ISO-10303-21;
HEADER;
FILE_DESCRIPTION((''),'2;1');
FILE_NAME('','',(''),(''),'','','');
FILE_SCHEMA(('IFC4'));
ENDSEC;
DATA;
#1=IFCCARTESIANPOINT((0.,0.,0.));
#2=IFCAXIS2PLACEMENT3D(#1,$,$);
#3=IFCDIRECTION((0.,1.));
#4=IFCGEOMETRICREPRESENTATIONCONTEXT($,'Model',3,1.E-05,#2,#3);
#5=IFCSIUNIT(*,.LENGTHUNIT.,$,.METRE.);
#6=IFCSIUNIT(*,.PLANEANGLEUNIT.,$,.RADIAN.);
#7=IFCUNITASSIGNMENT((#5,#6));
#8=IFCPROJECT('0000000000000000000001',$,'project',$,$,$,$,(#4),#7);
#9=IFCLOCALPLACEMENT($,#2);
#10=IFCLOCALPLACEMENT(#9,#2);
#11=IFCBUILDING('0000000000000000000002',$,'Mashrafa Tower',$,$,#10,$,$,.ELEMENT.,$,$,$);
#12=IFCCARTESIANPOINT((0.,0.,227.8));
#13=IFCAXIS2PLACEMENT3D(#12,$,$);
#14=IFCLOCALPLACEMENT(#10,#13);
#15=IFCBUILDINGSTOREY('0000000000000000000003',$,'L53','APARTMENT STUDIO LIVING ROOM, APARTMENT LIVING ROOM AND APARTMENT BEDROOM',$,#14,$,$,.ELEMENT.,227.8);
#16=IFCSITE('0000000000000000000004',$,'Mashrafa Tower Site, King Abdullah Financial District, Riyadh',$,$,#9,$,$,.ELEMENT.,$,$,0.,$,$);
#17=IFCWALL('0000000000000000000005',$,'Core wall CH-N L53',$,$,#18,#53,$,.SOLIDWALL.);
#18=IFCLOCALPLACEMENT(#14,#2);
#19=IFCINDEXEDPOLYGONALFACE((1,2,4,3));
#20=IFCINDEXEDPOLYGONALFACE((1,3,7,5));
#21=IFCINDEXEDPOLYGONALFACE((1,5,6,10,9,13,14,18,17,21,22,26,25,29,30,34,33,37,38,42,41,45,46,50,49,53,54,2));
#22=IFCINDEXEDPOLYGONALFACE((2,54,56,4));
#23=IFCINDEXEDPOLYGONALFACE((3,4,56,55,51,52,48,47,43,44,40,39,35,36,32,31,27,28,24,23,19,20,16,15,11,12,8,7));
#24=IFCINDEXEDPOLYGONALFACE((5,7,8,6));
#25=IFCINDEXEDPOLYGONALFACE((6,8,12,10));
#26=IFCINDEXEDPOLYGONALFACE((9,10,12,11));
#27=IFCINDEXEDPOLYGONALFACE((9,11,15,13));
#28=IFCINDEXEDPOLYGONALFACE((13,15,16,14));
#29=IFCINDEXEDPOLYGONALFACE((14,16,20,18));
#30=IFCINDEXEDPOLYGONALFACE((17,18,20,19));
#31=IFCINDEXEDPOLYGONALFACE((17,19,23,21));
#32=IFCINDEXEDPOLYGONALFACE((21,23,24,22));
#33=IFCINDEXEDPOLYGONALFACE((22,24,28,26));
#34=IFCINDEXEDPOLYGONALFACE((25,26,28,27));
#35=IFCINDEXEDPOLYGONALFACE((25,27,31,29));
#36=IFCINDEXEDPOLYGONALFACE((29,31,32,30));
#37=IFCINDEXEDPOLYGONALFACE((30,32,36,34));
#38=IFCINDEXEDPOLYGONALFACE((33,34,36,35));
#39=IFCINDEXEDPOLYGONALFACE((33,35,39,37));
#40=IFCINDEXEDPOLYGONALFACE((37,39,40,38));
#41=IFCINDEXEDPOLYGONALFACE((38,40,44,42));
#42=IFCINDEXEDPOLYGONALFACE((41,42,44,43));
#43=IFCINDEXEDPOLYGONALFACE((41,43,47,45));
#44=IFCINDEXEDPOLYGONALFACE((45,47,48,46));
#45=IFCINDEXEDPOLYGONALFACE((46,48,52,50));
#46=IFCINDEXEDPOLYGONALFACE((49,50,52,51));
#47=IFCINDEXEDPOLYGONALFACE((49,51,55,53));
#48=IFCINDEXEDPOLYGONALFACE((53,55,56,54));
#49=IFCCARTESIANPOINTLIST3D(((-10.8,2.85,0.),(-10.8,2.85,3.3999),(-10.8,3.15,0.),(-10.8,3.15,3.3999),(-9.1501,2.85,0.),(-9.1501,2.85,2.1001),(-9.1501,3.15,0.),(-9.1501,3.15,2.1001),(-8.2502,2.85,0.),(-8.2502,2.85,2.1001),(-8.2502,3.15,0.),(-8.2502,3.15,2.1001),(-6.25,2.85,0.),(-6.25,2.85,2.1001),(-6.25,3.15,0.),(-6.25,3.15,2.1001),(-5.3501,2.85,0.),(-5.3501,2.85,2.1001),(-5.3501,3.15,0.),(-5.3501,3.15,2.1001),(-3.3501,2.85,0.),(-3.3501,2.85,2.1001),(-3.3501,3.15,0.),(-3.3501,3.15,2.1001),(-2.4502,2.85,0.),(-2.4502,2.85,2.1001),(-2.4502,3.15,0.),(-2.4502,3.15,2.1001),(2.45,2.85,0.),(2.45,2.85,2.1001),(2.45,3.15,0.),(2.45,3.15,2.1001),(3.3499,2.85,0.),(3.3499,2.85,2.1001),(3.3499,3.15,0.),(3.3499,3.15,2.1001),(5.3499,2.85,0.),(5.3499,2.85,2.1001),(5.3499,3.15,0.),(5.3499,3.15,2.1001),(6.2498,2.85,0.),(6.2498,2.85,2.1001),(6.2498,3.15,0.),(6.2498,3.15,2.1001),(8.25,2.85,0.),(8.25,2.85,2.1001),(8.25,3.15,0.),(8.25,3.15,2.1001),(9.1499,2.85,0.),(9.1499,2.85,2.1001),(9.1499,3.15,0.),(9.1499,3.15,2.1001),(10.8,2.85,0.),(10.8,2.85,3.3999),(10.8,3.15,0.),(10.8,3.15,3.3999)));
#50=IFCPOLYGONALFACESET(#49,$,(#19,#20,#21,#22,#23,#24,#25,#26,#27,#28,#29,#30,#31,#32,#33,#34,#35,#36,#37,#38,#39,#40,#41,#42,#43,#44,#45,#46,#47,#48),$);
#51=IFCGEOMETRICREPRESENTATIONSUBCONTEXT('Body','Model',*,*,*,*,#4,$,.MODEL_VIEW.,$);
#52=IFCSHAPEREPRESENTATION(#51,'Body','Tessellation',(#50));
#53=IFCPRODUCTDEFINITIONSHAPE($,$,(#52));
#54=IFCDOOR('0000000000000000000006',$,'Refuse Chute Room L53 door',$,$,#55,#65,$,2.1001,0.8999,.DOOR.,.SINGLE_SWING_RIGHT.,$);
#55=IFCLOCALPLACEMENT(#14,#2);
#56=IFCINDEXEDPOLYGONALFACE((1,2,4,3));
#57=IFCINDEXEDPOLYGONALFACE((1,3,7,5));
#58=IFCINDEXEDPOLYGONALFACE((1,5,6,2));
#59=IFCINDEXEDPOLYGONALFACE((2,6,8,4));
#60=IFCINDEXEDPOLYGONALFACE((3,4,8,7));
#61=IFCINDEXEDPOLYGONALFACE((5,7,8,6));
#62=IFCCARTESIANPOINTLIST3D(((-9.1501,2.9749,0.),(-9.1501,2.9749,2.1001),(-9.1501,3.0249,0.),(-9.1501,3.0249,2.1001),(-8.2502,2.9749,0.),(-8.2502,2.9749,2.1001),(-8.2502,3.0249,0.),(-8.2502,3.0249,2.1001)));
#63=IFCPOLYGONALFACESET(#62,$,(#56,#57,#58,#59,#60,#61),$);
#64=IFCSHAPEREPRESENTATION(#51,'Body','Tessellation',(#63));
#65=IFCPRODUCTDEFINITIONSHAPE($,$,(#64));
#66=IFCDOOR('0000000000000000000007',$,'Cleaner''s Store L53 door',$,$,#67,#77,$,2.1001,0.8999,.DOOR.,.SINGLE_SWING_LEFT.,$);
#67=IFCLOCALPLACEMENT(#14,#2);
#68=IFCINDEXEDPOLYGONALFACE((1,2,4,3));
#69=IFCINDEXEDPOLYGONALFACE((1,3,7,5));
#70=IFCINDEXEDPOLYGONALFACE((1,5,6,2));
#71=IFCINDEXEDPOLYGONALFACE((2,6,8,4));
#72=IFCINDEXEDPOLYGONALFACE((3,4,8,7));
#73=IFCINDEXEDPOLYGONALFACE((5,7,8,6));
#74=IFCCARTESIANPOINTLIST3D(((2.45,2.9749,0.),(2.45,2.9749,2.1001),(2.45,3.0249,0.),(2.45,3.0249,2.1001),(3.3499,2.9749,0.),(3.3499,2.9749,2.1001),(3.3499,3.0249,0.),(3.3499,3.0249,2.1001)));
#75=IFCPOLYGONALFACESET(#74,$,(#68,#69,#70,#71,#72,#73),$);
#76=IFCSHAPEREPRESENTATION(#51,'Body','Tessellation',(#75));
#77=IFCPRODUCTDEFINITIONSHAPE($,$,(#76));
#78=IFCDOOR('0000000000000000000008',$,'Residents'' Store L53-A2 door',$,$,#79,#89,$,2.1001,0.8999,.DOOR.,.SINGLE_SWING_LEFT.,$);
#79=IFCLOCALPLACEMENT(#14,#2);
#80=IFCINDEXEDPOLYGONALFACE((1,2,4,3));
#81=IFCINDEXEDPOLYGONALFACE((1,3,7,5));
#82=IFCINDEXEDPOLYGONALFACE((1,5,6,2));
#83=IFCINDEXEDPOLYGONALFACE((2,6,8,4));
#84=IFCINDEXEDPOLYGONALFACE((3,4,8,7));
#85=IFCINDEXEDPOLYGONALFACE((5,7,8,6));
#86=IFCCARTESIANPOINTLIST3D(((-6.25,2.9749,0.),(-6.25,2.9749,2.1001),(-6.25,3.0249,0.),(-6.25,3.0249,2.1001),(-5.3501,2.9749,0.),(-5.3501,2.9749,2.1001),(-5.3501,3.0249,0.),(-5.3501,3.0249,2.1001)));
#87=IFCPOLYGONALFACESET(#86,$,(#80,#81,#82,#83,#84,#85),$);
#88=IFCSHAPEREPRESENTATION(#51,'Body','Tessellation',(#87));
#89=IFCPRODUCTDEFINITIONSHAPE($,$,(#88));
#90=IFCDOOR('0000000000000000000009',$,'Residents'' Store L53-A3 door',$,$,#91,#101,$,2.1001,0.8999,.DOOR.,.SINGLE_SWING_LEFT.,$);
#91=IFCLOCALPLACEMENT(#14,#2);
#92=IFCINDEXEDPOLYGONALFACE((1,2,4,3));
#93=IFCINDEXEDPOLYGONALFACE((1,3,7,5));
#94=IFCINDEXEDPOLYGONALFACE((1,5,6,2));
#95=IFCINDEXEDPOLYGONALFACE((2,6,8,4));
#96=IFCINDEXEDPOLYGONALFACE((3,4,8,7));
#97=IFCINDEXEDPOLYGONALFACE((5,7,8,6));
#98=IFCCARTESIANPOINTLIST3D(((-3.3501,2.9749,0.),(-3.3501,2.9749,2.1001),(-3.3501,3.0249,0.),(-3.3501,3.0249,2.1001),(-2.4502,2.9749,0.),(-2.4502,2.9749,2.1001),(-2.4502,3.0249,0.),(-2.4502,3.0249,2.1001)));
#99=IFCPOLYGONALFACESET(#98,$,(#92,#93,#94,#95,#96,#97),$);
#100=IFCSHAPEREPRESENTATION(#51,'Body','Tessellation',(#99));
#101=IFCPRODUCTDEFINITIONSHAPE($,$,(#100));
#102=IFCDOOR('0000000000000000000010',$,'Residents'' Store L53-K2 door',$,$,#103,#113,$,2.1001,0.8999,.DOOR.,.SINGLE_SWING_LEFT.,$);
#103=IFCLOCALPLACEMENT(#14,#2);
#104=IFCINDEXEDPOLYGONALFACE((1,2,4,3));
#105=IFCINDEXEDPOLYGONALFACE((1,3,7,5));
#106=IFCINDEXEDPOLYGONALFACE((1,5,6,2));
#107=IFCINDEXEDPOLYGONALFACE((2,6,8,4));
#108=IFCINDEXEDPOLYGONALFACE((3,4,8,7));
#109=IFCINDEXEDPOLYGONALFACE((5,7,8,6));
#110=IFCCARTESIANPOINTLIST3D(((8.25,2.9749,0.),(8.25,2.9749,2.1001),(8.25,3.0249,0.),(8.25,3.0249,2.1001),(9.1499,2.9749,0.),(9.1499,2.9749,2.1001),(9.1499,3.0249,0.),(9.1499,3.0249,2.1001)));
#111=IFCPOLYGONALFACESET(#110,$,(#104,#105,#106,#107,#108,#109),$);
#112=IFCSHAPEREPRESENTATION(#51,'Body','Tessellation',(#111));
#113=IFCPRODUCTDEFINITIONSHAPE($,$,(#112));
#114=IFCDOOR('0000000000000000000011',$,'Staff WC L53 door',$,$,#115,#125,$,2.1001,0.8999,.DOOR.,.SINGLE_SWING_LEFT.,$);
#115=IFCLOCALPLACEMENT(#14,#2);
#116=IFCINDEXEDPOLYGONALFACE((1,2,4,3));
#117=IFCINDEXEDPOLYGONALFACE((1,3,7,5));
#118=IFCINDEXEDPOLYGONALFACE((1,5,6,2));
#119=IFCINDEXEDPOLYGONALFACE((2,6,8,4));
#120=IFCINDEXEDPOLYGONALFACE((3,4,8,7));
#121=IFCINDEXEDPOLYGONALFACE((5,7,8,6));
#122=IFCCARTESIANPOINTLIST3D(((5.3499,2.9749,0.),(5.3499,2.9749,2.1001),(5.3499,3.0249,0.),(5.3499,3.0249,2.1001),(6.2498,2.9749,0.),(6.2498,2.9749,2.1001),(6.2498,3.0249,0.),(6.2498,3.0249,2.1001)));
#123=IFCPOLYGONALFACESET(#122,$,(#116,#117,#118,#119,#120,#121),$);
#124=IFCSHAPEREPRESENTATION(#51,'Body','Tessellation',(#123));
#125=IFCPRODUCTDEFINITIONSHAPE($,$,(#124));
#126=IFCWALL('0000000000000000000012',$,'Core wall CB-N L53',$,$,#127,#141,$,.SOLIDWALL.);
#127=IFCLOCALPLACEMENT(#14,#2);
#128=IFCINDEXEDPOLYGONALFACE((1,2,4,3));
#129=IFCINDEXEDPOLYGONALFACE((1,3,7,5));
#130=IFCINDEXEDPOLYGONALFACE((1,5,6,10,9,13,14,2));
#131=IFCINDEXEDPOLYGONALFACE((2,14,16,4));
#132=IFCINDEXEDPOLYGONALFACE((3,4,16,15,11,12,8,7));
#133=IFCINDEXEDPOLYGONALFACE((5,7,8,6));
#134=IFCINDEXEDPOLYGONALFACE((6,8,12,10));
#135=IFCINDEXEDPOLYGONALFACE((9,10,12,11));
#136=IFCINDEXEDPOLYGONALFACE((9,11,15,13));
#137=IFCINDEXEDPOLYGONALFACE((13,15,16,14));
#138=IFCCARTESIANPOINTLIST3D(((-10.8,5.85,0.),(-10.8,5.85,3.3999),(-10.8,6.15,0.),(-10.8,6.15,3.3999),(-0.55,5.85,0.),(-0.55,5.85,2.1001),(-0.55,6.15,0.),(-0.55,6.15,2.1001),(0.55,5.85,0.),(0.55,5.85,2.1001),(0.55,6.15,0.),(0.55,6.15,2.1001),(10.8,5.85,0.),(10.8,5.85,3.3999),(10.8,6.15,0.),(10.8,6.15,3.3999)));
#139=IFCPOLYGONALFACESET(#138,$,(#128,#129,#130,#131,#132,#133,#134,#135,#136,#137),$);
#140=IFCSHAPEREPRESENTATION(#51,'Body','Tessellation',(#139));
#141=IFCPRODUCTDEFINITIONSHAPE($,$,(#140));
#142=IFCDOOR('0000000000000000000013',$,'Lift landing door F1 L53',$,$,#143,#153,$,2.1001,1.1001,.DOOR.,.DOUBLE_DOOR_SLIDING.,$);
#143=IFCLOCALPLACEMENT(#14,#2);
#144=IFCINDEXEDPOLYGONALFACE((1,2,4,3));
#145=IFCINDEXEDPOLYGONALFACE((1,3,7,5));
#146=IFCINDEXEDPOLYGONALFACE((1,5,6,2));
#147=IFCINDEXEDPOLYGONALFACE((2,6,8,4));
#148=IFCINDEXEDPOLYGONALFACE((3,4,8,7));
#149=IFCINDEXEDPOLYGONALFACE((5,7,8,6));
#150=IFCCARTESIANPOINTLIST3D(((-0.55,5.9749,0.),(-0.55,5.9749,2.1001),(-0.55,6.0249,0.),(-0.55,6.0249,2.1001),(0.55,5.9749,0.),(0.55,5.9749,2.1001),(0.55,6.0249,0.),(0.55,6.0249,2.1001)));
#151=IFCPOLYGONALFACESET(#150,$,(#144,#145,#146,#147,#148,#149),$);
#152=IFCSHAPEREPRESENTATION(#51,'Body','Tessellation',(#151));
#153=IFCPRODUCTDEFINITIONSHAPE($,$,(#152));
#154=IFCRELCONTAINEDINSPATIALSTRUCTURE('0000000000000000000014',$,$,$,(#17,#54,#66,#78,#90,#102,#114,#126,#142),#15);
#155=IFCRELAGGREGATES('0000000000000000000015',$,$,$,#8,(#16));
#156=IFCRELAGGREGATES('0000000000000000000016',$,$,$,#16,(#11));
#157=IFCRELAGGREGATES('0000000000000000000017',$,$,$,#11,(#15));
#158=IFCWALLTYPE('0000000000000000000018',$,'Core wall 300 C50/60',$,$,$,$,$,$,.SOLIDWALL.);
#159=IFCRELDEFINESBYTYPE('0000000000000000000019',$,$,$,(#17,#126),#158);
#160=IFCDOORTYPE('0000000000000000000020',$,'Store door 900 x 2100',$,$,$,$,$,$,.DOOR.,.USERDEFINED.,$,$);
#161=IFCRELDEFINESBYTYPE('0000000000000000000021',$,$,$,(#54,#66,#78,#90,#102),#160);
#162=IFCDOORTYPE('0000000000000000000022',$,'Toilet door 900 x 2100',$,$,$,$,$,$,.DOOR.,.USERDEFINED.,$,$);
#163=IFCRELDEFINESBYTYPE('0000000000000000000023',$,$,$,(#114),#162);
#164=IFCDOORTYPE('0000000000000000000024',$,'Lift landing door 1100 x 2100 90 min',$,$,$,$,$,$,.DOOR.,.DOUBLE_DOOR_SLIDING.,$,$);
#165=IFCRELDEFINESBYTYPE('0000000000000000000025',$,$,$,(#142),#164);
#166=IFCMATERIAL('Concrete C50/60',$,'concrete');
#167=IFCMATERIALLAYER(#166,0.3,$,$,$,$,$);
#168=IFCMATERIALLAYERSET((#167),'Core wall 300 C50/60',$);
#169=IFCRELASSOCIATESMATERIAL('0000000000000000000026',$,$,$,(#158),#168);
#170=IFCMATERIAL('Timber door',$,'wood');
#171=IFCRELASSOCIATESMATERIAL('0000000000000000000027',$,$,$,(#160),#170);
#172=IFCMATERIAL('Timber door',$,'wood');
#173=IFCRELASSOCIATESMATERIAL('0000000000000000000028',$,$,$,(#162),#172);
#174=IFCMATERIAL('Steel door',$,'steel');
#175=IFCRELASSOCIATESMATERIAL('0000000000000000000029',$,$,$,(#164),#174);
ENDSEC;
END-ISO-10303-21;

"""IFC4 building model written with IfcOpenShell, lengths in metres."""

from ifc_helpers import new_model, si_unit, direction, frame, frame_2d, origin, place, context, subcontext, project, spatial, rectangle, extrude, material, layer, layer_set, type_object, element, fill, save


model = new_model("IFC4")

# Units and contexts
model_context = context("Model", 3, precision=1e-05, world=origin(), true_north=direction((0.0, 1.0)))
body_context = subcontext(model_context, "Body", "Model", "MODEL_VIEW")
ifc_project = project(units=[si_unit("LENGTHUNIT", "METRE"), si_unit("PLANEANGLEUNIT", "RADIAN")], contexts=[model_context])

# Site, building, storey
site_placement = place(None, origin())
site = spatial("IfcSite", under=ifc_project, at=site_placement, Name="Mashrafa Tower Site, King Abdullah Financial District, Riyadh", CompositionType="ELEMENT", RefElevation=0.0)
building_placement = place(site_placement, origin())
building = spatial("IfcBuilding", under=site, at=building_placement, Name="Mashrafa Tower", CompositionType="ELEMENT")
storey_placement = place(building_placement, frame((0.0, 0.0, 227.8)))
storey = spatial("IfcBuildingStorey", under=building, at=storey_placement, Name="L53", Description="APARTMENT STUDIO LIVING ROOM, APARTMENT LIVING ROOM AND APARTMENT BEDROOM", CompositionType="ELEMENT", Elevation=227.8)

# Wall, openings, doors
ifc_material_1 = material(Name="Concrete C50/60", Category="concrete")
ifc_layer_1 = layer(ifc_material_1, 0.3)
ifc_layer_set_1 = layer_set([ifc_layer_1], Name="Core wall 300 C50/60")
wall_type_1 = type_object("IfcWallType", Name="Core wall 300 C50/60", PredefinedType="SOLIDWALL", material=ifc_layer_set_1)
wall_1_placement = place(storey_placement, frame((-10.8, 3.0, 0.0), z_axis=(0.0, 0.0, 1.0), x_axis=(1.0, 0.0, 0.0)))
wall_1 = element("IfcWall", 1, at=wall_1_placement, inside=storey, type_object=wall_type_1, Name="Core wall CH-N L53", PredefinedType="SOLIDWALL", context=body_context, shape_type="SweptSolid", body=[
    extrude(rectangle(XDim=21.6001, YDim=0.3, at=frame_2d((10.8, 0.0))), origin(), (0.0, 0.0, 1.0), 3.3999),
])
opening_1_placement = place(wall_1_placement, frame((1.6499, 0.0, 0.0)))
opening_1 = element("IfcOpeningElement", 2, at=opening_1_placement, cuts=wall_1, PredefinedType="OPENING", context=body_context, shape_type="SweptSolid", body=[
    extrude(rectangle(XDim=0.8999, YDim=2.1001, at=frame_2d((0.45, 1.05))), frame((0.0, 0.1599, 0.0), z_axis=(0.0, -1.0, 0.0), x_axis=(1.0, 0.0, 0.0)), (0.0, 0.0, 1.0), 0.3201),
])
opening_2_placement = place(wall_1_placement, frame((13.25, 0.0, 0.0)))
opening_2 = element("IfcOpeningElement", 3, at=opening_2_placement, cuts=wall_1, PredefinedType="OPENING", context=body_context, shape_type="SweptSolid", body=[
    extrude(rectangle(XDim=0.8999, YDim=2.1001, at=frame_2d((0.45, 1.05))), frame((0.0, 0.1599, 0.0), z_axis=(0.0, -1.0, 0.0), x_axis=(1.0, 0.0, 0.0)), (0.0, 0.0, 1.0), 0.3201),
])
opening_3_placement = place(wall_1_placement, frame((16.1499, 0.0, 0.0)))
opening_3 = element("IfcOpeningElement", 4, at=opening_3_placement, cuts=wall_1, PredefinedType="OPENING", context=body_context, shape_type="SweptSolid", body=[
    extrude(rectangle(XDim=0.8999, YDim=2.1001, at=frame_2d((0.45, 1.05))), frame((0.0, 0.1599, 0.0), z_axis=(0.0, -1.0, 0.0), x_axis=(1.0, 0.0, 0.0)), (0.0, 0.0, 1.0), 0.3201),
])
opening_4_placement = place(wall_1_placement, frame((4.55, 0.0, 0.0)))
opening_4 = element("IfcOpeningElement", 5, at=opening_4_placement, cuts=wall_1, PredefinedType="OPENING", context=body_context, shape_type="SweptSolid", body=[
    extrude(rectangle(XDim=0.8999, YDim=2.1001, at=frame_2d((0.45, 1.05))), frame((0.0, 0.1599, 0.0), z_axis=(0.0, -1.0, 0.0), x_axis=(1.0, 0.0, 0.0)), (0.0, 0.0, 1.0), 0.3201),
])
opening_5_placement = place(wall_1_placement, frame((7.45, 0.0, 0.0)))
opening_5 = element("IfcOpeningElement", 6, at=opening_5_placement, cuts=wall_1, PredefinedType="OPENING", context=body_context, shape_type="SweptSolid", body=[
    extrude(rectangle(XDim=0.8999, YDim=2.1001, at=frame_2d((0.45, 1.05))), frame((0.0, 0.1599, 0.0), z_axis=(0.0, -1.0, 0.0), x_axis=(1.0, 0.0, 0.0)), (0.0, 0.0, 1.0), 0.3201),
])
opening_6_placement = place(wall_1_placement, frame((19.05, 0.0, 0.0)))
opening_6 = element("IfcOpeningElement", 7, at=opening_6_placement, cuts=wall_1, PredefinedType="OPENING", context=body_context, shape_type="SweptSolid", body=[
    extrude(rectangle(XDim=0.8999, YDim=2.1001, at=frame_2d((0.45, 1.05))), frame((0.0, 0.1599, 0.0), z_axis=(0.0, -1.0, 0.0), x_axis=(1.0, 0.0, 0.0)), (0.0, 0.0, 1.0), 0.3201),
])
ifc_material_2 = material(Name="Timber door", Category="wood")
door_type_1 = type_object("IfcDoorType", Name="Store door 900 x 2100", OperationType="USERDEFINED", PredefinedType="DOOR", material=ifc_material_2)
door_1_placement = place(opening_1_placement, origin())
door_1 = element("IfcDoor", 8, at=door_1_placement, inside=storey, type_object=door_type_1, Name="Refuse Chute Room L53 door", OperationType="SINGLE_SWING_RIGHT", OverallHeight=2.1001, OverallWidth=0.8999, PredefinedType="DOOR", context=body_context, shape_type="SweptSolid", body=[
    extrude(rectangle(XDim=0.8999, YDim=2.1001, at=frame_2d((0.45, 1.05))), frame((0.0, 0.0249, 0.0), z_axis=(0.0, -1.0, 0.0), x_axis=(1.0, 0.0, 0.0)), (0.0, 0.0, 1.0), 0.05),
])
fill(opening_1, door_1)
door_2_placement = place(opening_2_placement, origin())
door_2 = element("IfcDoor", 9, at=door_2_placement, inside=storey, type_object=door_type_1, Name="Cleaner's Store L53 door", OperationType="SINGLE_SWING_LEFT", OverallHeight=2.1001, OverallWidth=0.8999, PredefinedType="DOOR", context=body_context, shape_type="SweptSolid", body=[
    extrude(rectangle(XDim=0.8999, YDim=2.1001, at=frame_2d((0.45, 1.05))), frame((0.0, 0.0249, 0.0), z_axis=(0.0, -1.0, 0.0), x_axis=(1.0, 0.0, 0.0)), (0.0, 0.0, 1.0), 0.05),
])
fill(opening_2, door_2)
door_3_placement = place(opening_4_placement, origin())
door_3 = element("IfcDoor", 10, at=door_3_placement, inside=storey, type_object=door_type_1, Name="Residents' Store L53-A2 door", OperationType="SINGLE_SWING_LEFT", OverallHeight=2.1001, OverallWidth=0.8999, PredefinedType="DOOR", context=body_context, shape_type="SweptSolid", body=[
    extrude(rectangle(XDim=0.8999, YDim=2.1001, at=frame_2d((0.45, 1.05))), frame((0.0, 0.0249, 0.0), z_axis=(0.0, -1.0, 0.0), x_axis=(1.0, 0.0, 0.0)), (0.0, 0.0, 1.0), 0.05),
])
fill(opening_4, door_3)
door_4_placement = place(opening_5_placement, origin())
door_4 = element("IfcDoor", 11, at=door_4_placement, inside=storey, type_object=door_type_1, Name="Residents' Store L53-A3 door", OperationType="SINGLE_SWING_LEFT", OverallHeight=2.1001, OverallWidth=0.8999, PredefinedType="DOOR", context=body_context, shape_type="SweptSolid", body=[
    extrude(rectangle(XDim=0.8999, YDim=2.1001, at=frame_2d((0.45, 1.05))), frame((0.0, 0.0249, 0.0), z_axis=(0.0, -1.0, 0.0), x_axis=(1.0, 0.0, 0.0)), (0.0, 0.0, 1.0), 0.05),
])
fill(opening_5, door_4)
door_5_placement = place(opening_6_placement, origin())
door_5 = element("IfcDoor", 12, at=door_5_placement, inside=storey, type_object=door_type_1, Name="Residents' Store L53-K2 door", OperationType="SINGLE_SWING_LEFT", OverallHeight=2.1001, OverallWidth=0.8999, PredefinedType="DOOR", context=body_context, shape_type="SweptSolid", body=[
    extrude(rectangle(XDim=0.8999, YDim=2.1001, at=frame_2d((0.45, 1.05))), frame((0.0, 0.0249, 0.0), z_axis=(0.0, -1.0, 0.0), x_axis=(1.0, 0.0, 0.0)), (0.0, 0.0, 1.0), 0.05),
])
fill(opening_6, door_5)
ifc_material_3 = material(Name="Timber door", Category="wood")
door_type_2 = type_object("IfcDoorType", Name="Toilet door 900 x 2100", OperationType="USERDEFINED", PredefinedType="DOOR", material=ifc_material_3)
door_6_placement = place(opening_3_placement, origin())
door_6 = element("IfcDoor", 13, at=door_6_placement, inside=storey, type_object=door_type_2, Name="Staff WC L53 door", OperationType="SINGLE_SWING_LEFT", OverallHeight=2.1001, OverallWidth=0.8999, PredefinedType="DOOR", context=body_context, shape_type="SweptSolid", body=[
    extrude(rectangle(XDim=0.8999, YDim=2.1001, at=frame_2d((0.45, 1.05))), frame((0.0, 0.0249, 0.0), z_axis=(0.0, -1.0, 0.0), x_axis=(1.0, 0.0, 0.0)), (0.0, 0.0, 1.0), 0.05),
])
fill(opening_3, door_6)

# Wall, opening, door
wall_2_placement = place(storey_placement, frame((-10.8, 6.0, 0.0), z_axis=(0.0, 0.0, 1.0), x_axis=(1.0, 0.0, 0.0)))
wall_2 = element("IfcWall", 14, at=wall_2_placement, inside=storey, type_object=wall_type_1, Name="Core wall CB-N L53", PredefinedType="SOLIDWALL", context=body_context, shape_type="SweptSolid", body=[
    extrude(rectangle(XDim=21.6001, YDim=0.3, at=frame_2d((10.8, 0.0))), origin(), (0.0, 0.0, 1.0), 3.3999),
])
opening_7_placement = place(wall_2_placement, frame((10.25, 0.0, 0.0)))
opening_7 = element("IfcOpeningElement", 15, at=opening_7_placement, cuts=wall_2, PredefinedType="OPENING", context=body_context, shape_type="SweptSolid", body=[
    extrude(rectangle(XDim=1.1001, YDim=2.1001, at=frame_2d((0.55, 1.05))), frame((0.0, 0.1599, 0.0), z_axis=(0.0, -1.0, 0.0), x_axis=(1.0, 0.0, 0.0)), (0.0, 0.0, 1.0), 0.3201),
])
ifc_material_4 = material(Name="Steel door", Category="steel")
door_type_3 = type_object("IfcDoorType", Name="Lift landing door 1100 x 2100 90 min", OperationType="DOUBLE_DOOR_SLIDING", PredefinedType="DOOR", material=ifc_material_4)
door_7_placement = place(opening_7_placement, origin())
door_7 = element("IfcDoor", 16, at=door_7_placement, inside=storey, type_object=door_type_3, Name="Lift landing door F1 L53", OperationType="DOUBLE_DOOR_SLIDING", OverallHeight=2.1001, OverallWidth=1.1001, PredefinedType="DOOR", context=body_context, shape_type="SweptSolid", body=[
    extrude(rectangle(XDim=1.1001, YDim=2.1001, at=frame_2d((0.55, 1.05))), frame((0.0, 0.0249, 0.0), z_axis=(0.0, -1.0, 0.0), x_axis=(1.0, 0.0, 0.0)), (0.0, 0.0, 1.0), 0.05),
])
fill(opening_7, door_7)

save(model, "model.ifc")
